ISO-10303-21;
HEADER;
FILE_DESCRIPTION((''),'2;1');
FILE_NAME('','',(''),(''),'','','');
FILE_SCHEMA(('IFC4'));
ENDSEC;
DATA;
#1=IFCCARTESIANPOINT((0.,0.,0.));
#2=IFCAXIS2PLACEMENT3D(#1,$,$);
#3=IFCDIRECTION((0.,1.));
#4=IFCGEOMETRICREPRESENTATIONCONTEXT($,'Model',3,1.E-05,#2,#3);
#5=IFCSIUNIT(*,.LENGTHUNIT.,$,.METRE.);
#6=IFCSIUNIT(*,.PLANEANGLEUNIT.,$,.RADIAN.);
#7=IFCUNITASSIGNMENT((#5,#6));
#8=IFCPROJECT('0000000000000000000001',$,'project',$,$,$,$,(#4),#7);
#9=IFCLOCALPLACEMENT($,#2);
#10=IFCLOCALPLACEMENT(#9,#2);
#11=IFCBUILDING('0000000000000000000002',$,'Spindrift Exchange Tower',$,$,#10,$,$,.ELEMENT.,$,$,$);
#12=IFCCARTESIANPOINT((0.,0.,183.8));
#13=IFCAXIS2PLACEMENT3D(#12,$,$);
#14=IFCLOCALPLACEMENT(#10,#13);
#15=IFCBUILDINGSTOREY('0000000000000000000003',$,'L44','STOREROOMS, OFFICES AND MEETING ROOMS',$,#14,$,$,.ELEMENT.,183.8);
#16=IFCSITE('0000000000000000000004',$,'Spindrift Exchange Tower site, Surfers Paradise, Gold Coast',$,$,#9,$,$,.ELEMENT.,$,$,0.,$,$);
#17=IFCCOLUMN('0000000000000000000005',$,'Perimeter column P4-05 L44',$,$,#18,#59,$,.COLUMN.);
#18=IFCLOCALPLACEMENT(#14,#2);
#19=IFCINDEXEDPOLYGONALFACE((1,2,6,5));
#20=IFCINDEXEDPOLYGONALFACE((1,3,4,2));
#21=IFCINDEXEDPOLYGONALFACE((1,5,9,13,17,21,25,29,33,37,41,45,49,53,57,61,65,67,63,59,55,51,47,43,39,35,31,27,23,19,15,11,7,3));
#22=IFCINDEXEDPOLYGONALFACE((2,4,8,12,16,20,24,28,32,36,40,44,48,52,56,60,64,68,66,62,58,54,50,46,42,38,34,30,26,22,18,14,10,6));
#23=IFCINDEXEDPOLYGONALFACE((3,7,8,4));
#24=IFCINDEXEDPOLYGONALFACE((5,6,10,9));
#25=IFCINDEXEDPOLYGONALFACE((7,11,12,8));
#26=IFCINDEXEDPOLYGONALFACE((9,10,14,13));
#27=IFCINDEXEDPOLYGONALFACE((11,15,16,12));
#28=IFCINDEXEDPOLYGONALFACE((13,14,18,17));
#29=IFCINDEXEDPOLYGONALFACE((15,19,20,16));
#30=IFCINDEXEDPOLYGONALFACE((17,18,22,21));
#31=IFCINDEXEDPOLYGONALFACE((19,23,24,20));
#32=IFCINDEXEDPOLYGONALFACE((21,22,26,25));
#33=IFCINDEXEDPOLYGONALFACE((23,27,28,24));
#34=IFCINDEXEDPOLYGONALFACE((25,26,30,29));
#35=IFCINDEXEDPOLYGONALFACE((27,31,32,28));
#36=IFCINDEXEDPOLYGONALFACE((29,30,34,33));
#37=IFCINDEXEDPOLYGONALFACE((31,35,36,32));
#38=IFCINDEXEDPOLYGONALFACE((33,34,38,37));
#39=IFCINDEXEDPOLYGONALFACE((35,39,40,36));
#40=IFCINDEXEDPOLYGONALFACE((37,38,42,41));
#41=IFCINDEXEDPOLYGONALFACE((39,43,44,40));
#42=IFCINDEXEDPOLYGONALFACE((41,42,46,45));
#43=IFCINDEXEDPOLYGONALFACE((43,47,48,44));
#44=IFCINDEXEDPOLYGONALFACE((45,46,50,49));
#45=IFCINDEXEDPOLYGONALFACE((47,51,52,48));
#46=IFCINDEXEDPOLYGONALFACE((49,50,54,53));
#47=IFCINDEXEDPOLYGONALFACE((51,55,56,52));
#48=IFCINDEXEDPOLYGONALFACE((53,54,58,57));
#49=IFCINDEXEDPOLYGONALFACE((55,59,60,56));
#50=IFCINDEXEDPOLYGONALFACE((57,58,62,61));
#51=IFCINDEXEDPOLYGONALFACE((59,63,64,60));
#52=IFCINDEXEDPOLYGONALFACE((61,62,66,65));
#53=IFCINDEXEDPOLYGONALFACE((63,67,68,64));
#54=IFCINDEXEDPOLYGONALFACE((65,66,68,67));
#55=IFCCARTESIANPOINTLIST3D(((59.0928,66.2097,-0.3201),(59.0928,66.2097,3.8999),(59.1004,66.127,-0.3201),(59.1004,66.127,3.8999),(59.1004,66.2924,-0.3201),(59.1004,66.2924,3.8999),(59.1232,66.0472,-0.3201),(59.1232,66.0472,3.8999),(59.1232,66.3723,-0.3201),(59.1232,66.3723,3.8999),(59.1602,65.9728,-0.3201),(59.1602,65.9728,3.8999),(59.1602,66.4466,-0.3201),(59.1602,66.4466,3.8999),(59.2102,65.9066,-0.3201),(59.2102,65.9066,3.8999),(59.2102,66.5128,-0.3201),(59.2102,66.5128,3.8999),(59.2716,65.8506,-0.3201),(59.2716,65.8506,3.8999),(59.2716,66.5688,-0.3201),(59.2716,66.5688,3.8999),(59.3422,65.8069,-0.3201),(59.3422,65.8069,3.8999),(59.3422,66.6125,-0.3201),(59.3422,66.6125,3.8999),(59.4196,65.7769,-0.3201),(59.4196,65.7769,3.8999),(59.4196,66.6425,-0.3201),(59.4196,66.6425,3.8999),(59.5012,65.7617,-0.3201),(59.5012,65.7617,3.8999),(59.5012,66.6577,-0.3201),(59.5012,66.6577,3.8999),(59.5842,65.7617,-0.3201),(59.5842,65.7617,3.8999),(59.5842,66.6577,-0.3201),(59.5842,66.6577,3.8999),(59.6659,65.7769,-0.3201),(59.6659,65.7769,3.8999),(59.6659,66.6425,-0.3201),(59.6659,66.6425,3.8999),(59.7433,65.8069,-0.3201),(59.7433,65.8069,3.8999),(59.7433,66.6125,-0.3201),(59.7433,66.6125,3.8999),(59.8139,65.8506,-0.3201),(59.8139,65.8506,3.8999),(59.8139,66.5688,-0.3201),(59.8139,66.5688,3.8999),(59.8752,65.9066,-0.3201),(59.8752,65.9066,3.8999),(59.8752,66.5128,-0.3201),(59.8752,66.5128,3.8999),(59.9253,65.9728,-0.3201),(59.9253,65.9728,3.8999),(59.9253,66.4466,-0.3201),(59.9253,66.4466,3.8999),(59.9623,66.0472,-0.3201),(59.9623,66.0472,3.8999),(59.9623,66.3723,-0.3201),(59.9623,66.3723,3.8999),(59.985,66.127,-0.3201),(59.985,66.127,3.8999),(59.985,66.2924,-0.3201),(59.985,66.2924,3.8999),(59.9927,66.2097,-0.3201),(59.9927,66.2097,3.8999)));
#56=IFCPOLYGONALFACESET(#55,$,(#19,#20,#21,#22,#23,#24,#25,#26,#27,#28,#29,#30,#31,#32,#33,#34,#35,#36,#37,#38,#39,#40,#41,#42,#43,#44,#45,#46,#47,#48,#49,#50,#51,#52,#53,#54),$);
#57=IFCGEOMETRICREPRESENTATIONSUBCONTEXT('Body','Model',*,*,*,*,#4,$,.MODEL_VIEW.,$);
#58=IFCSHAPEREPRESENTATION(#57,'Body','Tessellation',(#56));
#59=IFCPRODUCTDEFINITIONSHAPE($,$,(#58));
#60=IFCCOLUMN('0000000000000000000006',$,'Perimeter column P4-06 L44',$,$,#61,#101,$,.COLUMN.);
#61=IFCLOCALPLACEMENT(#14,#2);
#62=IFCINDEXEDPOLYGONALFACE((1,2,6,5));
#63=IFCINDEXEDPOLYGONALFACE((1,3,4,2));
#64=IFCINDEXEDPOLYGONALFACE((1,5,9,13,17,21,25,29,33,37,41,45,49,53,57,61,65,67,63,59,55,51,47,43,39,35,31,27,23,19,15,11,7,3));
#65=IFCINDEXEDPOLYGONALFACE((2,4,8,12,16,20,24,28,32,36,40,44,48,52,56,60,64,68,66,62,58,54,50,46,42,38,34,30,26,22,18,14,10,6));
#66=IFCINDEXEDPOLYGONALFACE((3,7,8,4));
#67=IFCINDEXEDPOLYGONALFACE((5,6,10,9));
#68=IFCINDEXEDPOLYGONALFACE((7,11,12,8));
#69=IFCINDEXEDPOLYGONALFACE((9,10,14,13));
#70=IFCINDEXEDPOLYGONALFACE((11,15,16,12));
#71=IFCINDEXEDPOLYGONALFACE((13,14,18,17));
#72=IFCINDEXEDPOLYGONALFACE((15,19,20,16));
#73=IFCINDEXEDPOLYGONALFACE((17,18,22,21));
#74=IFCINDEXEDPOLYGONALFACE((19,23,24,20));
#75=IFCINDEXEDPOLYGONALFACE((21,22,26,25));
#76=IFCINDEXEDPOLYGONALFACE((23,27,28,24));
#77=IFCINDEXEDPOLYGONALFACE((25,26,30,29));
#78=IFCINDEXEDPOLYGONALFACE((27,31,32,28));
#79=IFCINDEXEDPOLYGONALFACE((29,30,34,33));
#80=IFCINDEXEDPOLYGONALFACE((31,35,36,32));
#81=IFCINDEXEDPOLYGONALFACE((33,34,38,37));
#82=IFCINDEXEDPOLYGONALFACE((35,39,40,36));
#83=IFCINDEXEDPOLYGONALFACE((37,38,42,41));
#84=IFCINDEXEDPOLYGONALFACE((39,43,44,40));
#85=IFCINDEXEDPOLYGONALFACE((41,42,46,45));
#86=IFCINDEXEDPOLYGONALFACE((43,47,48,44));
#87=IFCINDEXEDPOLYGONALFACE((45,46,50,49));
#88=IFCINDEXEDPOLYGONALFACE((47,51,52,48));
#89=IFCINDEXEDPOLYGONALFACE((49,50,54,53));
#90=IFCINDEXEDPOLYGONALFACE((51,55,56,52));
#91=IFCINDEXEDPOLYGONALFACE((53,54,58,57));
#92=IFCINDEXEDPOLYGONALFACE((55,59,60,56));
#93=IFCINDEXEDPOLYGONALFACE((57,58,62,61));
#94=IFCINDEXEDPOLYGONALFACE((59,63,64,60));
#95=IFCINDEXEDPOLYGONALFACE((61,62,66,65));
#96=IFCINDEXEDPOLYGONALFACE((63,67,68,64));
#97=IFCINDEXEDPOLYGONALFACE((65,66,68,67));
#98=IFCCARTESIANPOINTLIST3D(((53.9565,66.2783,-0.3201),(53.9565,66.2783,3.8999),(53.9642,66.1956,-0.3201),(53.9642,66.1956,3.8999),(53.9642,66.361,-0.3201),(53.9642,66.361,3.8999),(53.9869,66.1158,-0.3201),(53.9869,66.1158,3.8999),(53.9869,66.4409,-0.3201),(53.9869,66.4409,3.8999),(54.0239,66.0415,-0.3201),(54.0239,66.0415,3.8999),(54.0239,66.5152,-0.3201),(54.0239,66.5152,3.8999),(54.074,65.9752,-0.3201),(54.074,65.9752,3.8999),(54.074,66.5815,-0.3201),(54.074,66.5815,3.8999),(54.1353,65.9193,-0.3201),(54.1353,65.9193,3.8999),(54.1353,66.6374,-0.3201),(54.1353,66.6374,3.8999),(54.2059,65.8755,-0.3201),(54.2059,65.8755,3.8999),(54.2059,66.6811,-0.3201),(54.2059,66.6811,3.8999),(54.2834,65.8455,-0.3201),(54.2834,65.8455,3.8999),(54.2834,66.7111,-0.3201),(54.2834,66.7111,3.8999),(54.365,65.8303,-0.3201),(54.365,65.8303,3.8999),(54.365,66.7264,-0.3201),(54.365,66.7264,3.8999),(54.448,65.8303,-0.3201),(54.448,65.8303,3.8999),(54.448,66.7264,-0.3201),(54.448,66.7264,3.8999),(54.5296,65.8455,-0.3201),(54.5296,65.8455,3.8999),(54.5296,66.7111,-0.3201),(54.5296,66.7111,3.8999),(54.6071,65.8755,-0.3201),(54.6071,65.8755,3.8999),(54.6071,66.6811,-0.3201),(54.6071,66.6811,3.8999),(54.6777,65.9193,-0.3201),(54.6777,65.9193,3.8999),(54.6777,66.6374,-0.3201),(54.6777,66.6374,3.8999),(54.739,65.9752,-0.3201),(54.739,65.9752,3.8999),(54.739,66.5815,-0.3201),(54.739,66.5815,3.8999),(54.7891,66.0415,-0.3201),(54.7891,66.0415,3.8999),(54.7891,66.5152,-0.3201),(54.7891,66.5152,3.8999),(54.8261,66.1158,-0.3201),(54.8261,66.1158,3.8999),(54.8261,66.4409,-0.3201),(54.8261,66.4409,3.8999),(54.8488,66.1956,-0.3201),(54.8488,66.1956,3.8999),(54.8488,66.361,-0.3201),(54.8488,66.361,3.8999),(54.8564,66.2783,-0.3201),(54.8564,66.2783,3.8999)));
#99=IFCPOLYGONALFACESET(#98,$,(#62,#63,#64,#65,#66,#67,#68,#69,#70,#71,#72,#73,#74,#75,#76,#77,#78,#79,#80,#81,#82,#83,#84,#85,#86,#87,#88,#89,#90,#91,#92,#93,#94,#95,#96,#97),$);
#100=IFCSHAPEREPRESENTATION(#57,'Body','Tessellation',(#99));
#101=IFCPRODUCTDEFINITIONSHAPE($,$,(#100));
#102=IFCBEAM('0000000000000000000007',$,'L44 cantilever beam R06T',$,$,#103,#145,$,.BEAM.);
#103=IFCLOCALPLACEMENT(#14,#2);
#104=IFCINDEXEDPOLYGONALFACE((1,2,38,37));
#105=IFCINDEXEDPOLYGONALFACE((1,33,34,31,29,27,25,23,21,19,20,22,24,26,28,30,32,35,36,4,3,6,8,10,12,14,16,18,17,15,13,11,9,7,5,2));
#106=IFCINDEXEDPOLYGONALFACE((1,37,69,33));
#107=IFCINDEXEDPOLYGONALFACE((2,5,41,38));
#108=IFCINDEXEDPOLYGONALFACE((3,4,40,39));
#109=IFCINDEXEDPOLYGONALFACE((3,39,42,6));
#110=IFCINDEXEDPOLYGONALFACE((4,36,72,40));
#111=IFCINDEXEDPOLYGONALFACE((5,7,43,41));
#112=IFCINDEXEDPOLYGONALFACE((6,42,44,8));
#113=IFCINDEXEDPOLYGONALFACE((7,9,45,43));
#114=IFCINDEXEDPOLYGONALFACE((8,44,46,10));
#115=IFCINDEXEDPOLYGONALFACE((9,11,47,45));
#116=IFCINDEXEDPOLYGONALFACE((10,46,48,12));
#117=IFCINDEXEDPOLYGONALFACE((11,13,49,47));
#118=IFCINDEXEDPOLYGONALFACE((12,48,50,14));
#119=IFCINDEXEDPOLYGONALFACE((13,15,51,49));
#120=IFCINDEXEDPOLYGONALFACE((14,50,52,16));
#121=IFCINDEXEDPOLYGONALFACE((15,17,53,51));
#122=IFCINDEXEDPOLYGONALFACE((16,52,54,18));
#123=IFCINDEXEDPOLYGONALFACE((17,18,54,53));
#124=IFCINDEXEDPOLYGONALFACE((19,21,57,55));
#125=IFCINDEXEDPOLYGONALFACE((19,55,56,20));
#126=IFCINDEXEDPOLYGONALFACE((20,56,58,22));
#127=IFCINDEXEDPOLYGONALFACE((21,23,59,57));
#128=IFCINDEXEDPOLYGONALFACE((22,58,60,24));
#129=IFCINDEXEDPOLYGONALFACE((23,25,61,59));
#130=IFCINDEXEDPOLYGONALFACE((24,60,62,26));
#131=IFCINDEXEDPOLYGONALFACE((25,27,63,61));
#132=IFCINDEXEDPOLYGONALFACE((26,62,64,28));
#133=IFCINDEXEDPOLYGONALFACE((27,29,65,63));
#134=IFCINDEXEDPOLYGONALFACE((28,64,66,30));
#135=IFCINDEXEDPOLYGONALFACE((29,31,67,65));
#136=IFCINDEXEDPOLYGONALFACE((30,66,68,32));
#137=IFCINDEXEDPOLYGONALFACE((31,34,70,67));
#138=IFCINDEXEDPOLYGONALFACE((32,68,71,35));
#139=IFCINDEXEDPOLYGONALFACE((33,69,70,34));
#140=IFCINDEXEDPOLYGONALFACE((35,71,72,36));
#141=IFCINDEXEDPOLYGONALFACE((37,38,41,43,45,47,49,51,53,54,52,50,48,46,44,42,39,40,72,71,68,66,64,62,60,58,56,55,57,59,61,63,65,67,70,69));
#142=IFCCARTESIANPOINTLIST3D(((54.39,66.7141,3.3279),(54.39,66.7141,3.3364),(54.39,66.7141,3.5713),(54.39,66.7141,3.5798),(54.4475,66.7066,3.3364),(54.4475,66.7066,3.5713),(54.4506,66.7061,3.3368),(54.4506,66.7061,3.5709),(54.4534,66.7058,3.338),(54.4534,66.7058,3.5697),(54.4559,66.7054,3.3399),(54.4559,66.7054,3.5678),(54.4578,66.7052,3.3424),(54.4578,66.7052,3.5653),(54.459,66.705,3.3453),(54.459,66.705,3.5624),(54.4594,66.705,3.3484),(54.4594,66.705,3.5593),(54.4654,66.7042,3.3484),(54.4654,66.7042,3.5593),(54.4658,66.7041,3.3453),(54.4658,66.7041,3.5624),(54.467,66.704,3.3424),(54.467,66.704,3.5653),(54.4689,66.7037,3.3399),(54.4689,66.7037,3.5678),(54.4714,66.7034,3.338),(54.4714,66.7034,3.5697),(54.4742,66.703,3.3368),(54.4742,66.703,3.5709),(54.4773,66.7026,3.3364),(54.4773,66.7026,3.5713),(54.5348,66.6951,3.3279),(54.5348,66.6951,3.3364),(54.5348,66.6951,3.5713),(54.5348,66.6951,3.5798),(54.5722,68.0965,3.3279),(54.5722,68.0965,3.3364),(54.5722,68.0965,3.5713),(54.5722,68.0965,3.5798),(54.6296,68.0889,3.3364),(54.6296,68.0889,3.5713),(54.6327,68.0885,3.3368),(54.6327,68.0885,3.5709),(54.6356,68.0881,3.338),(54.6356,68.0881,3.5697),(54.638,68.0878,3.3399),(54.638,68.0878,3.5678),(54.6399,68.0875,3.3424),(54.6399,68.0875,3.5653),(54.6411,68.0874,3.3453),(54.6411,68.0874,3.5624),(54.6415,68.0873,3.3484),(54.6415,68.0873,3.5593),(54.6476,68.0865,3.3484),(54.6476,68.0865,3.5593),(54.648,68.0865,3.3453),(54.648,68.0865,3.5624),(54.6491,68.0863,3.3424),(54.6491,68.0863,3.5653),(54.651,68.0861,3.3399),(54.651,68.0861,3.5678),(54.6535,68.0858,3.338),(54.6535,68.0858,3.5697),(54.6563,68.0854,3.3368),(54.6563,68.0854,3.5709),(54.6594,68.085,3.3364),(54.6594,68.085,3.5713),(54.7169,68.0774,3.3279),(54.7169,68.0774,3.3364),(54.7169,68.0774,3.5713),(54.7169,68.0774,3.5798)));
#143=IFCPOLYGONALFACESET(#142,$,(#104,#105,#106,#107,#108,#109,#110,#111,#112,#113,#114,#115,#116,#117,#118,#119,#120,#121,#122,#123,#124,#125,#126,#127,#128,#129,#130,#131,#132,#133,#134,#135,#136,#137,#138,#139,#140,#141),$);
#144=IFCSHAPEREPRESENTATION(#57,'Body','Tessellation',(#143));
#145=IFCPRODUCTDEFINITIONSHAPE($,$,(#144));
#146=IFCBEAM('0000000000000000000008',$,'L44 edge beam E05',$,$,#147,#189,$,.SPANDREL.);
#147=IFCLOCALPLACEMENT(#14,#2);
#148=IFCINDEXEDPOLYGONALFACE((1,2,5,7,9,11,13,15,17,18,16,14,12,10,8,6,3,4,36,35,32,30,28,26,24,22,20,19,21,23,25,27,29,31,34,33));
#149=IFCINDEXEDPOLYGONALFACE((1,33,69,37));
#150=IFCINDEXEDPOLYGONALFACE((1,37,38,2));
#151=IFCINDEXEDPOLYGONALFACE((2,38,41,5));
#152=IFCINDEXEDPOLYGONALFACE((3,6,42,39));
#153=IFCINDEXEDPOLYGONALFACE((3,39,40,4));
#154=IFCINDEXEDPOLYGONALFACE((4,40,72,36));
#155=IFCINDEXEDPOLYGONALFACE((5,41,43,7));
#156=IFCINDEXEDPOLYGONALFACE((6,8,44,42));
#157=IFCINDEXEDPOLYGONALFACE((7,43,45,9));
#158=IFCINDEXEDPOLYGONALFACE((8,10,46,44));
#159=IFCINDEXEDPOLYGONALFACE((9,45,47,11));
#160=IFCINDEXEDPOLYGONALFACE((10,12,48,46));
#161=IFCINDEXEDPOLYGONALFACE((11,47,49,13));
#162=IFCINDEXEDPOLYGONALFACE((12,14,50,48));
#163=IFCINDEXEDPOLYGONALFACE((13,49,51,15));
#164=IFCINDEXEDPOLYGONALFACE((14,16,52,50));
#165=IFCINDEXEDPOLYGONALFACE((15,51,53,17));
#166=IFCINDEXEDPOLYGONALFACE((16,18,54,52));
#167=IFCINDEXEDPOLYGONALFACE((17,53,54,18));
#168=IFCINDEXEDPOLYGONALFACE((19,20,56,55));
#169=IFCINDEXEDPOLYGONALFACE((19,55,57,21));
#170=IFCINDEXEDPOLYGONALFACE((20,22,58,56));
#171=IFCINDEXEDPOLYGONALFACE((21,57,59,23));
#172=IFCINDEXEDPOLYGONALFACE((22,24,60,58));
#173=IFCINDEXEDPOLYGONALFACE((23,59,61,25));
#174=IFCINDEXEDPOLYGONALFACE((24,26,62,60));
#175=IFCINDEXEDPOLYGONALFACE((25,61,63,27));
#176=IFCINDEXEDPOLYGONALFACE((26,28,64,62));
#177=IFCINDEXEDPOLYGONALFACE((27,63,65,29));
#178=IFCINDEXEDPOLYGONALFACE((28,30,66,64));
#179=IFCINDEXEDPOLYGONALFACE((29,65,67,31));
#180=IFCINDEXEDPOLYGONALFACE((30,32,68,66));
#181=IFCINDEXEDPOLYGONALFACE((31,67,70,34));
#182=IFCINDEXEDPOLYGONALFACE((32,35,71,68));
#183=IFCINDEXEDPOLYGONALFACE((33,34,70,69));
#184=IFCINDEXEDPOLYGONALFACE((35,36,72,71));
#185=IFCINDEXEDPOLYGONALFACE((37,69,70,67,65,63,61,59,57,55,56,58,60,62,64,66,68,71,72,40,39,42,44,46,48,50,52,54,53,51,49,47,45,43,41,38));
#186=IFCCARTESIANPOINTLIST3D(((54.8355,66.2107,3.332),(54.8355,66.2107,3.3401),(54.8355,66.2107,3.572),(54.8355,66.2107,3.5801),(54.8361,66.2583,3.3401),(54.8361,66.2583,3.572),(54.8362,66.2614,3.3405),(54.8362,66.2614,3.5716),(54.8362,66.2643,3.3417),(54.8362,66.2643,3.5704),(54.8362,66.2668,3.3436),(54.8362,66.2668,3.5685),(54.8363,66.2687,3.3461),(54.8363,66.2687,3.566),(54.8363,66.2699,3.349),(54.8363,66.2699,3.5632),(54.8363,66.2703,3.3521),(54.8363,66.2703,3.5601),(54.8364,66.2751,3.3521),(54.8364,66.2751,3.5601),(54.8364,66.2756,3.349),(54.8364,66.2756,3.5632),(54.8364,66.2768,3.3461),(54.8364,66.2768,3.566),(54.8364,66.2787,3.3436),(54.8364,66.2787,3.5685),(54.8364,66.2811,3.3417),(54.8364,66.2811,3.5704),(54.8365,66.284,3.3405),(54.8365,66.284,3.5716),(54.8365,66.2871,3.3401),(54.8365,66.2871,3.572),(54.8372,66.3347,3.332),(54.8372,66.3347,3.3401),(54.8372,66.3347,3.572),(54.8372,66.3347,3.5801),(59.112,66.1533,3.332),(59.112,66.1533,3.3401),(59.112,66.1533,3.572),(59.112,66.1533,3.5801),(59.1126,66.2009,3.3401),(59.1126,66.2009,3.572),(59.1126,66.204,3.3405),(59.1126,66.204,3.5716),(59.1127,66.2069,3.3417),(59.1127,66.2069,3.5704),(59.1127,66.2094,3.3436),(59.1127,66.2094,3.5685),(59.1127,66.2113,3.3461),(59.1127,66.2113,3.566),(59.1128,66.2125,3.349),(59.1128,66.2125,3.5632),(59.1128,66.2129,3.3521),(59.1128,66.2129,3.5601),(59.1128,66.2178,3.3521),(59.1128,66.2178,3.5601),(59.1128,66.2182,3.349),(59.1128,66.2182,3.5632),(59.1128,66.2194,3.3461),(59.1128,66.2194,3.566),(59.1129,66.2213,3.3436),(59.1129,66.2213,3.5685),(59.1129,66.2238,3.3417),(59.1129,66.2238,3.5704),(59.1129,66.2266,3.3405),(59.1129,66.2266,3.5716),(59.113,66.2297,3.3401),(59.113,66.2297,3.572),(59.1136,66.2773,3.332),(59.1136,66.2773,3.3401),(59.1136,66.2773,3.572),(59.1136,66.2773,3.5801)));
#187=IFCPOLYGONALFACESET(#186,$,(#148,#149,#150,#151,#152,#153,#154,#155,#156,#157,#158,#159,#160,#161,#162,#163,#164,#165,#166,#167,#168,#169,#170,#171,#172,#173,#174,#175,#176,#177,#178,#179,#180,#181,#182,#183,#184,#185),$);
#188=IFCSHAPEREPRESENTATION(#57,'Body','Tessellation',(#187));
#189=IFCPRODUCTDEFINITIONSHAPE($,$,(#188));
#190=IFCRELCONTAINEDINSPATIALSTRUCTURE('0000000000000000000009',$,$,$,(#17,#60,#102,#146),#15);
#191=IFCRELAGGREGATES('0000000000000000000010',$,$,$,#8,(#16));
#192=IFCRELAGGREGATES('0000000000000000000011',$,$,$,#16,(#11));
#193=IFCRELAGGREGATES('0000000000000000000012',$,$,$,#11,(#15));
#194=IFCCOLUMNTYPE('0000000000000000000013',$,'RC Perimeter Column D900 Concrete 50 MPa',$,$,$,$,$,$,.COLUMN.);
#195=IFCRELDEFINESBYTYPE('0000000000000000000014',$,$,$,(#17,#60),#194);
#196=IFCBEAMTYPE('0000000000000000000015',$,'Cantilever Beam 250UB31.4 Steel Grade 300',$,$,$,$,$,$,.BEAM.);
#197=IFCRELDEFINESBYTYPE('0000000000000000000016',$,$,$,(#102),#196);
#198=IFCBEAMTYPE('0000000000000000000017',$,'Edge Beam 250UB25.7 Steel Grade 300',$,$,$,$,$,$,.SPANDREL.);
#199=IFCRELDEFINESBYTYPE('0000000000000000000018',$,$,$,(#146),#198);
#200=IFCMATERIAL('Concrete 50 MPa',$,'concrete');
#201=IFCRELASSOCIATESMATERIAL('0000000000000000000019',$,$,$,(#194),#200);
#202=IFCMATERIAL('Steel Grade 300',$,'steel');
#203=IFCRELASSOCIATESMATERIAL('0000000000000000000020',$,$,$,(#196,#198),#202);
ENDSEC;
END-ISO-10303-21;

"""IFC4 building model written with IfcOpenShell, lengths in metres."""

from ifc_helpers import new_model, si_unit, direction, frame, origin, origin_2d, place, context, subcontext, project, spatial, circle, i_section, extrude, source, transform, mapped, material, material_profile, profile_set, type_object, element, save


model = new_model("IFC4")

# Units and contexts
model_context = context("Model", 3, precision=1e-05, world=origin(), true_north=direction((0.0, 1.0)))
body_context = subcontext(model_context, "Body", "Model", "MODEL_VIEW")
ifc_project = project(units=[si_unit("LENGTHUNIT", "METRE"), si_unit("PLANEANGLEUNIT", "RADIAN")], contexts=[model_context])

# Site, building, storey
site_placement = place(None, origin())
site = spatial("IfcSite", under=ifc_project, at=site_placement, Name="Spindrift Exchange Tower site, Surfers Paradise, Gold Coast", CompositionType="ELEMENT", RefElevation=0.0)
building_placement = place(site_placement, origin())
building = spatial("IfcBuilding", under=site, at=building_placement, Name="Spindrift Exchange Tower", CompositionType="ELEMENT")
storey_placement = place(building_placement, frame((0.0, 0.0, 183.8)))
storey = spatial("IfcBuildingStorey", under=building, at=storey_placement, Name="L44", Description="STOREROOMS, OFFICES AND MEETING ROOMS", CompositionType="ELEMENT", Elevation=183.8)

# Columns
ifc_material_1 = material(Name="Concrete 50 MPa", Category="concrete")
ifc_material_profile_1 = material_profile(ifc_material_1, circle(Radius=0.45, at=origin_2d()), Name="RC D900")
ifc_profile_set_1 = profile_set([ifc_material_profile_1], Name="Concrete 50 MPa")
column_type = type_object("IfcColumnType", Name="RC Perimeter Column D900 Concrete 50 MPa", PredefinedType="COLUMN", material=ifc_profile_set_1)
shared_shape_1 = source(origin(), body_context, "Body", "SweptSolid", [
    extrude(circle(Radius=0.45, at=origin_2d()), origin(), (0.0, 0.0, 1.0), 4.22),
])
for number, where, z_axis, x_axis, name in (
    (1, (59.5427, 66.2097, -0.3201), (0.0, 0.0, 1.0), (1.0, 0.0, 0.0), "Perimeter column P4-05 L44"),
    (2, (54.4065, 66.2783, -0.3201), (0.0, 0.0, 1.0), (1.0, 0.0, 0.0), "Perimeter column P4-06 L44"),
):
    element("IfcColumn", number, at=place(storey_placement, frame(where, z_axis=z_axis, x_axis=x_axis)), inside=storey, type_object=column_type, Name=name, PredefinedType="COLUMN", context=body_context, shape_type="MappedRepresentation", body=[
        mapped(shared_shape_1, transform((0.0, 0.0, 0.0), scale=1.0)),
    ])

# Beams
ifc_material_2 = material(Name="Steel Grade 300", Category="steel")
ifc_material_profile_2 = material_profile(ifc_material_2, i_section(OverallWidth=0.146, OverallDepth=0.252, WebThickness=0.0061, FlangeThickness=0.0085, FilletRadius=0.012, at=origin_2d()), Name="250UB31.4")
ifc_profile_set_2 = profile_set([ifc_material_profile_2], Name="Steel Grade 300")
beam_type_1 = type_object("IfcBeamType", Name="Cantilever Beam 250UB31.4 Steel Grade 300", PredefinedType="BEAM", material=ifc_profile_set_2)
shared_shape_2 = source(origin(), body_context, "Body", "SweptSolid", [
    extrude(i_section(OverallWidth=0.146, OverallDepth=0.252, WebThickness=0.0061, FlangeThickness=0.0085, FilletRadius=0.012, at=origin_2d()), origin(), (0.0, 0.0, 1.0), 1.3943),
])
beam_1_placement = place(storey_placement, frame((54.4624, 66.7046, 3.4539), z_axis=(0.130627, 0.991432, 0.0), x_axis=(-0.991432, 0.130627, 0.0)))
element("IfcBeam", 3, at=beam_1_placement, inside=storey, type_object=beam_type_1, Name="L44 cantilever beam R06T", PredefinedType="BEAM", context=body_context, shape_type="MappedRepresentation", body=[
    mapped(shared_shape_2, transform((0.0, 0.0, 0.0), scale=1.0)),
])
ifc_material_profile_3 = material_profile(ifc_material_2, i_section(OverallWidth=0.124, OverallDepth=0.248, WebThickness=0.0049, FlangeThickness=0.0081, FilletRadius=0.012, at=origin_2d()), Name="250UB25.7")
ifc_profile_set_3 = profile_set([ifc_material_profile_3], Name="Steel Grade 300")
beam_type_2 = type_object("IfcBeamType", Name="Edge Beam 250UB25.7 Steel Grade 300", PredefinedType="SPANDREL", material=ifc_profile_set_3)
shared_shape_3 = source(origin(), body_context, "Body", "SweptSolid", [
    extrude(i_section(OverallWidth=0.124, OverallDepth=0.248, WebThickness=0.0049, FlangeThickness=0.0081, FilletRadius=0.012, at=origin_2d()), origin(), (0.0, 0.0, 1.0), 4.2769),
])
beam_2_placement = place(storey_placement, frame((59.1128, 66.2153, 3.4561), z_axis=(-0.99991, 0.013415, 0.0), x_axis=(-0.013415, -0.99991, 0.0)))
element("IfcBeam", 4, at=beam_2_placement, inside=storey, type_object=beam_type_2, Name="L44 edge beam E05", PredefinedType="SPANDREL", context=body_context, shape_type="MappedRepresentation", body=[
    mapped(shared_shape_3, transform((0.0, 0.0, 0.0), scale=1.0)),
])

save(model, "model.ifc")
